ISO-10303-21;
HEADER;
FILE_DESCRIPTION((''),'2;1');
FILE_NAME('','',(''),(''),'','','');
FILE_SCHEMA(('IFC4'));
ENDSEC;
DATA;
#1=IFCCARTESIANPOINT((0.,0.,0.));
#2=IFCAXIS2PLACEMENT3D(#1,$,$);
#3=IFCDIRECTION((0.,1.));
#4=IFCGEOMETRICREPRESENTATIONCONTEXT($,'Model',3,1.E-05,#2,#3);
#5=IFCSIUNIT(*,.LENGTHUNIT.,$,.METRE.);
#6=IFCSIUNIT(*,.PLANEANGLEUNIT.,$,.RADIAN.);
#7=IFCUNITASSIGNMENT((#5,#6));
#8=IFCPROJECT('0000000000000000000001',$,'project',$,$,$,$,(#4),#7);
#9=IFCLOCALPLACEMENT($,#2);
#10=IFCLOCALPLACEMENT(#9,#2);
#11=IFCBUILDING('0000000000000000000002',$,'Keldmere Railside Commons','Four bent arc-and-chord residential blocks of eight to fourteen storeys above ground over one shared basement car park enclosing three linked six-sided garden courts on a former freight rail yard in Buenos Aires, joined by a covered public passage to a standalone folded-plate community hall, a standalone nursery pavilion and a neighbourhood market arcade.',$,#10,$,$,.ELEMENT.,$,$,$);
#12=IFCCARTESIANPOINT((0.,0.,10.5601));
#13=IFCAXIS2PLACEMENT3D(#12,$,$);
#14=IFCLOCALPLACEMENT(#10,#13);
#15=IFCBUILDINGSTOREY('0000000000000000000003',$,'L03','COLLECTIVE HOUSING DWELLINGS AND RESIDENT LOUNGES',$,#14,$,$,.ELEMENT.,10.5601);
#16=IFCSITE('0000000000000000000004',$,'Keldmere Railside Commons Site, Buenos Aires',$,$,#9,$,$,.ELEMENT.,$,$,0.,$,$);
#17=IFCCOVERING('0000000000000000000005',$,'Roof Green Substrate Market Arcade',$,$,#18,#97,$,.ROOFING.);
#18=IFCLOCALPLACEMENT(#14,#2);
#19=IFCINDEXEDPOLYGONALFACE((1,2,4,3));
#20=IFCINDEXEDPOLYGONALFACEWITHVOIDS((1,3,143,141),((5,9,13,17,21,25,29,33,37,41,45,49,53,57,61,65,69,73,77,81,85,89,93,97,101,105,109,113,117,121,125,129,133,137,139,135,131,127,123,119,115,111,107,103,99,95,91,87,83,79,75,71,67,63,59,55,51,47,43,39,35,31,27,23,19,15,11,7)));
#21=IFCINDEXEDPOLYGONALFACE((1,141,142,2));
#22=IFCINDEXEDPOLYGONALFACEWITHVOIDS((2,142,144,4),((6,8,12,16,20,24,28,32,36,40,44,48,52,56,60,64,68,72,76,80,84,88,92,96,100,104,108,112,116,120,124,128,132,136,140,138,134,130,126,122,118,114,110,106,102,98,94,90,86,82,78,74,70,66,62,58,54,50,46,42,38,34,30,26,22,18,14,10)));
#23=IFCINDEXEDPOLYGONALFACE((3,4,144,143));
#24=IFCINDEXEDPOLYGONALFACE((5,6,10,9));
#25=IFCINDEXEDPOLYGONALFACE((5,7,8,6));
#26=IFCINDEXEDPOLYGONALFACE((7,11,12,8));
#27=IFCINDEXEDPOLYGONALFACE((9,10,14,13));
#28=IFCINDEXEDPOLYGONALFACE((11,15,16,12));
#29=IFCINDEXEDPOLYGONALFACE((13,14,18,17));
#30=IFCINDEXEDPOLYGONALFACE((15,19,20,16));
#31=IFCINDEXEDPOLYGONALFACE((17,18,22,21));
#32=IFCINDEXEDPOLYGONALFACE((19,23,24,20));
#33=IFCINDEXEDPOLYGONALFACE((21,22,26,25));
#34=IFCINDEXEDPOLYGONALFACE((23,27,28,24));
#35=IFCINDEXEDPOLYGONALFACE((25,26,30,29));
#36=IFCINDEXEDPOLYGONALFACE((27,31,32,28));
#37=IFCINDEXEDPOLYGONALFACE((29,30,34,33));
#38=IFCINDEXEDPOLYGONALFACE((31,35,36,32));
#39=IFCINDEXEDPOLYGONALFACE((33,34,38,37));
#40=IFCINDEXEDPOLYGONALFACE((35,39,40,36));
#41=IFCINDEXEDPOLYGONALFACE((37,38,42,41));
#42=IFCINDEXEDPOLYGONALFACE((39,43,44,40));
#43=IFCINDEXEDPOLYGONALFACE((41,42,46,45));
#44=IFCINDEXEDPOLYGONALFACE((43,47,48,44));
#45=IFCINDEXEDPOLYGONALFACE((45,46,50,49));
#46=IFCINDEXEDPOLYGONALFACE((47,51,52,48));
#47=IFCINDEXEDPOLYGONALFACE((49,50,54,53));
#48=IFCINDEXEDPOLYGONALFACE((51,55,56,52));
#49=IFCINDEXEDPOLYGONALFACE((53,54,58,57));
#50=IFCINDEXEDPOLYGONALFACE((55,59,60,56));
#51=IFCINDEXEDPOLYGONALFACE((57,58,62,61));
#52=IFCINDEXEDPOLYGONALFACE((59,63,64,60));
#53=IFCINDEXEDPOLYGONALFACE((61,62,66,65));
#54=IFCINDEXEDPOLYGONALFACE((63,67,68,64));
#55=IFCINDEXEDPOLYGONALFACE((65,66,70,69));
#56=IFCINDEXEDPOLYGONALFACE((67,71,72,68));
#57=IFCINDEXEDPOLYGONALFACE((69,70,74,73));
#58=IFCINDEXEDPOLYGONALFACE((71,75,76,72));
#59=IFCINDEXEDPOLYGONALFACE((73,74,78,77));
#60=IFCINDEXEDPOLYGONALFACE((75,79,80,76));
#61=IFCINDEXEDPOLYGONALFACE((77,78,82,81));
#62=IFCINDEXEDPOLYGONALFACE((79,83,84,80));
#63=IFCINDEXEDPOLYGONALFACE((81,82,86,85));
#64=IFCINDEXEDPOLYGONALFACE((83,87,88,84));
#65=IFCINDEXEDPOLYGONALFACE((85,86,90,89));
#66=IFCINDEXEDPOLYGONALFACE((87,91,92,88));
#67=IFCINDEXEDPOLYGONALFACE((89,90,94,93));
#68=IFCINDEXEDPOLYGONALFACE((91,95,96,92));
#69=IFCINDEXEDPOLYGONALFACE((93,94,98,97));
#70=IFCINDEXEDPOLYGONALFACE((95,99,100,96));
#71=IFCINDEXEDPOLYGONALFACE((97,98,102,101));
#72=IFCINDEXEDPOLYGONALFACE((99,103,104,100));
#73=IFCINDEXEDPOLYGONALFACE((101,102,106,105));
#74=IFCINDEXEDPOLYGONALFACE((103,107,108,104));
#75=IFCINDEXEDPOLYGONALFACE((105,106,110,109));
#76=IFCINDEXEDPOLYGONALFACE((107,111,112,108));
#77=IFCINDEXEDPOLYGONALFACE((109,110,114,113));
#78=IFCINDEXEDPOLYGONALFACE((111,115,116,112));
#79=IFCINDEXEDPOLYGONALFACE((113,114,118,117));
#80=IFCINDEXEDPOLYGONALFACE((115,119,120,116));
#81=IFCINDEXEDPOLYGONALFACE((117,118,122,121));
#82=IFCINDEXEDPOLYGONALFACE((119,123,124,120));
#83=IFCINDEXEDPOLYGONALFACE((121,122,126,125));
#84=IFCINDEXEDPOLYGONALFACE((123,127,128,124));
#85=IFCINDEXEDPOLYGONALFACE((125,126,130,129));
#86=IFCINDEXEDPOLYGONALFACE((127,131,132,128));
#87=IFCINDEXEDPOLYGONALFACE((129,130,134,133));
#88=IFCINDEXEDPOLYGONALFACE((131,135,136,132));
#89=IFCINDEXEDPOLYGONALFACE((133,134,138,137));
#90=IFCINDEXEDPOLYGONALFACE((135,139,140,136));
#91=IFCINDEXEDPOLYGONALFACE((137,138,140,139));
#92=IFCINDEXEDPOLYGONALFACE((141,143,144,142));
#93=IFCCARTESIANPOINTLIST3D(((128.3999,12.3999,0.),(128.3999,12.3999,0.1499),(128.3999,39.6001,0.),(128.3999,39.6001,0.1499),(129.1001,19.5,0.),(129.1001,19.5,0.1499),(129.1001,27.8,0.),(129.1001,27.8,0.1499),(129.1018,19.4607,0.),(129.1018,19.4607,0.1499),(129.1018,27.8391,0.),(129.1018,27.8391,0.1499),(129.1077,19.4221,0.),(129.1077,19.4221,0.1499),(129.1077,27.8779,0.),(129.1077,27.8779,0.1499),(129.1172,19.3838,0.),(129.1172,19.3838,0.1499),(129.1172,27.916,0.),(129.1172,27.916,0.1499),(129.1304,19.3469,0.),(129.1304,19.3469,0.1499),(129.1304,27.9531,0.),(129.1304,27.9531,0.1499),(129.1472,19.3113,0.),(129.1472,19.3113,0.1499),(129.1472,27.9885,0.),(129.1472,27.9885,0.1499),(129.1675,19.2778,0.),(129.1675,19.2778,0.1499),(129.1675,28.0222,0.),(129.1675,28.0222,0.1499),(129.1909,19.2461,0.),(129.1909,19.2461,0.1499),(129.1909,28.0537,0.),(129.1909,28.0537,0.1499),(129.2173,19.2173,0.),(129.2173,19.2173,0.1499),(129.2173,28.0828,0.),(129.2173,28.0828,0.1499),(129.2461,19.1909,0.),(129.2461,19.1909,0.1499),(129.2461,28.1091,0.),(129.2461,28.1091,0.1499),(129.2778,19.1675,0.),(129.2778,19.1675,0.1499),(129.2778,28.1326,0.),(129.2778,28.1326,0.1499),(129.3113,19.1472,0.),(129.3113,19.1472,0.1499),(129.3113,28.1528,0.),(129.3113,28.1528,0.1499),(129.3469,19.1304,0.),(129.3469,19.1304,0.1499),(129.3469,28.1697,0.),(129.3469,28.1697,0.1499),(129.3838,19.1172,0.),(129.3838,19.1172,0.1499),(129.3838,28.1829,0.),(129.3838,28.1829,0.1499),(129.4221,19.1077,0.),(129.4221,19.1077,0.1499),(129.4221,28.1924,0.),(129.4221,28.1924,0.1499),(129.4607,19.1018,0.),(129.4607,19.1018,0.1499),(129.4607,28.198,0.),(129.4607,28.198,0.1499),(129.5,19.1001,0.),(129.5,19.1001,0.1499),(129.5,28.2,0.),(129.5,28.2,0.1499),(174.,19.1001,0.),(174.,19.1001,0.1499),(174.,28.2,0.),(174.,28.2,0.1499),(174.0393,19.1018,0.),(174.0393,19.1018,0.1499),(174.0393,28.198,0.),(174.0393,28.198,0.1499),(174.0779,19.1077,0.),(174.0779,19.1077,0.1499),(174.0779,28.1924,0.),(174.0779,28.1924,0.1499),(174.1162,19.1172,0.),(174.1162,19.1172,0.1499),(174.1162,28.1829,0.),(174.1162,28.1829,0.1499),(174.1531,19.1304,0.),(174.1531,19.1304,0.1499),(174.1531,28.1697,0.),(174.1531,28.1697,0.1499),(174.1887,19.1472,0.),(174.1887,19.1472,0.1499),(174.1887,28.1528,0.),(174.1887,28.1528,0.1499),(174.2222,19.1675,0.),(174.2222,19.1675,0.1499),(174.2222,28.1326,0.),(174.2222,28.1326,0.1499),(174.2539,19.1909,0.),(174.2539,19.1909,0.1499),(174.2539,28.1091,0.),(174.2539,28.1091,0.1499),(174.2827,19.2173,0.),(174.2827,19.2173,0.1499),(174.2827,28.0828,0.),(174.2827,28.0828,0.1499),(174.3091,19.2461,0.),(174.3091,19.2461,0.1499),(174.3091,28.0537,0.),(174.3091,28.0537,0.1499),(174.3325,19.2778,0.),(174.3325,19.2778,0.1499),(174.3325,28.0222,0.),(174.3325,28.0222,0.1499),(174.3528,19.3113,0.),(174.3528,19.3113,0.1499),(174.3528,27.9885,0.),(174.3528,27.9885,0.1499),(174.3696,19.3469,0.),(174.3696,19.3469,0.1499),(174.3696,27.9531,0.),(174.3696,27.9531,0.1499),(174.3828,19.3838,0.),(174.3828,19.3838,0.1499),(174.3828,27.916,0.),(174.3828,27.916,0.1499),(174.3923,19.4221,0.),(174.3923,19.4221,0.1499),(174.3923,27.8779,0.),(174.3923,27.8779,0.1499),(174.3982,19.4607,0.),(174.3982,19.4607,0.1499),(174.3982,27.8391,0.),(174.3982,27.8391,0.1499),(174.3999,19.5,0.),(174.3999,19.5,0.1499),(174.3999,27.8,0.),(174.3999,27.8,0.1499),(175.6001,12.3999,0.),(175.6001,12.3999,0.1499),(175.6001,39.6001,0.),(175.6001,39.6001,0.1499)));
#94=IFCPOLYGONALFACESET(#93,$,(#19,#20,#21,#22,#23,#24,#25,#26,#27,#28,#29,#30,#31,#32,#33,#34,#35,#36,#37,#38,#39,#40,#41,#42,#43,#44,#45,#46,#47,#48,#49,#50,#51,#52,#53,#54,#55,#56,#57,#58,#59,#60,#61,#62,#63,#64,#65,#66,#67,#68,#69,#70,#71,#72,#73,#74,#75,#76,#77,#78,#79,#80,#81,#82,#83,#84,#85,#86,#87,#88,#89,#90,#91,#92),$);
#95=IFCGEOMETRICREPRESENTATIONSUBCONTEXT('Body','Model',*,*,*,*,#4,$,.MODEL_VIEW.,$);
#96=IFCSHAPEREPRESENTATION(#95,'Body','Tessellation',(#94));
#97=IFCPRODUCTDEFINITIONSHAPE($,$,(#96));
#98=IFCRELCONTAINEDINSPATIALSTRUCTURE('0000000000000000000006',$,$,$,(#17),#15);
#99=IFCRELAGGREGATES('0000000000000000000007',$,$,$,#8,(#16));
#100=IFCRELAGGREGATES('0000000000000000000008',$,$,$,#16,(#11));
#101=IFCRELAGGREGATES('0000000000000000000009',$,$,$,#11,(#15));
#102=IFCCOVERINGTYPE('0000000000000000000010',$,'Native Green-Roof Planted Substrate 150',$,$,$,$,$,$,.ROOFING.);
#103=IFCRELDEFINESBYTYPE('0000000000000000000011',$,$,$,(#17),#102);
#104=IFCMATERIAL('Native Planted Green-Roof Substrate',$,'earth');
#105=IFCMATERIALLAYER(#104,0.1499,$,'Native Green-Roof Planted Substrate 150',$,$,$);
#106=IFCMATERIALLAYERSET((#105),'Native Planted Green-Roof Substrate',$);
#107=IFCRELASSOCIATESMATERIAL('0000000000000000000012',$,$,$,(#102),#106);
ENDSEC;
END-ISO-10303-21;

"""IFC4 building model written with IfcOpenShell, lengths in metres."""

from ifc_helpers import new_model, si_unit, direction, frame, origin, place, context, subcontext, project, spatial, polyline, outline, extrude, material, layer, layer_set, type_object, element, save


model = new_model("IFC4")

# Units and contexts
model_context = context("Model", 3, precision=1e-05, world=origin(), true_north=direction((0.0, 1.0)))
body_context = subcontext(model_context, "Body", "Model", "MODEL_VIEW")
ifc_project = project(units=[si_unit("LENGTHUNIT", "METRE"), si_unit("PLANEANGLEUNIT", "RADIAN")], contexts=[model_context])

# Site, building, storey
site_placement = place(None, origin())
site = spatial("IfcSite", under=ifc_project, at=site_placement, Name="Keldmere Railside Commons Site, Buenos Aires", CompositionType="ELEMENT", RefElevation=0.0)
building_placement = place(site_placement, origin())
building = spatial("IfcBuilding", under=site, at=building_placement, Name="Keldmere Railside Commons", Description="Four bent arc-and-chord residential blocks of eight to fourteen storeys above ground over one shared basement car park enclosing three linked six-sided garden courts on a former freight rail yard in Buenos Aires, joined by a covered public passage to a standalone folded-plate community hall, a standalone nursery pavilion and a neighbourhood market arcade.", CompositionType="ELEMENT")
storey_placement = place(building_placement, frame((0.0, 0.0, 10.5601)))
storey = spatial("IfcBuildingStorey", under=building, at=storey_placement, Name="L03", Description="COLLECTIVE HOUSING DWELLINGS AND RESIDENT LOUNGES", CompositionType="ELEMENT", Elevation=10.5601)

# Covering
ifc_material_1 = material(Name="Native Planted Green-Roof Substrate", Category="earth")
ifc_layer_1 = layer(ifc_material_1, 0.1499, Name="Native Green-Roof Planted Substrate 150")
ifc_layer_set_1 = layer_set([ifc_layer_1], Name="Native Planted Green-Roof Substrate")
covering_type_1 = type_object("IfcCoveringType", Name="Native Green-Roof Planted Substrate 150", PredefinedType="ROOFING", material=ifc_layer_set_1)
covering_1_placement = place(storey_placement, origin())
element("IfcCovering", 1, at=covering_1_placement, inside=storey, type_object=covering_type_1, Name="Roof Green Substrate Market Arcade", PredefinedType="ROOFING", context=body_context, shape_type="SweptSolid", body=[
    extrude(outline(polyline([(175.6001, 12.3999), (175.6001, 39.6001), (128.3999, 39.6001), (128.3999, 12.3999), (175.6001, 12.3999)]), holes=[polyline([(174.3999, 19.5), (174.3982, 19.4607), (174.3923, 19.4221), (174.3828, 19.3838), (174.3696, 19.3469), (174.3528, 19.3113), (174.3325, 19.2778), (174.3091, 19.2461), (174.2827, 19.2173), (174.2539, 19.1909), (174.2222, 19.1675), (174.1887, 19.1472), (174.1531, 19.1304), (174.1162, 19.1172), (174.0779, 19.1077), (174.0393, 19.1018), (174.0, 19.1001), (129.5, 19.1001), (129.4607, 19.1018), (129.4221, 19.1077), (129.3838, 19.1172), (129.3469, 19.1304), (129.3113, 19.1472), (129.2778, 19.1675), (129.2461, 19.1909), (129.2173, 19.2173), (129.1909, 19.2461), (129.1675, 19.2778), (129.1472, 19.3113), (129.1304, 19.3469), (129.1172, 19.3838), (129.1077, 19.4221), (129.1018, 19.4607), (129.1001, 19.5), (129.1001, 27.8), (129.1018, 27.8391), (129.1077, 27.8779), (129.1172, 27.916), (129.1304, 27.9531), (129.1472, 27.9885), (129.1675, 28.0222), (129.1909, 28.0537), (129.2173, 28.0828), (129.2461, 28.1091), (129.2778, 28.1326), (129.3113, 28.1528), (129.3469, 28.1697), (129.3838, 28.1829), (129.4221, 28.1924), (129.4607, 28.198), (129.5, 28.2), (174.0, 28.2), (174.0393, 28.198), (174.0779, 28.1924), (174.1162, 28.1829), (174.1531, 28.1697), (174.1887, 28.1528), (174.2222, 28.1326), (174.2539, 28.1091), (174.2827, 28.0828), (174.3091, 28.0537), (174.3325, 28.0222), (174.3528, 27.9885), (174.3696, 27.9531), (174.3828, 27.916), (174.3923, 27.8779), (174.3982, 27.8391), (174.3999, 27.8), (174.3999, 19.5)])]), origin(), (0.0, 0.0, 1.0), 0.1499),
])

save(model, "model.ifc")
